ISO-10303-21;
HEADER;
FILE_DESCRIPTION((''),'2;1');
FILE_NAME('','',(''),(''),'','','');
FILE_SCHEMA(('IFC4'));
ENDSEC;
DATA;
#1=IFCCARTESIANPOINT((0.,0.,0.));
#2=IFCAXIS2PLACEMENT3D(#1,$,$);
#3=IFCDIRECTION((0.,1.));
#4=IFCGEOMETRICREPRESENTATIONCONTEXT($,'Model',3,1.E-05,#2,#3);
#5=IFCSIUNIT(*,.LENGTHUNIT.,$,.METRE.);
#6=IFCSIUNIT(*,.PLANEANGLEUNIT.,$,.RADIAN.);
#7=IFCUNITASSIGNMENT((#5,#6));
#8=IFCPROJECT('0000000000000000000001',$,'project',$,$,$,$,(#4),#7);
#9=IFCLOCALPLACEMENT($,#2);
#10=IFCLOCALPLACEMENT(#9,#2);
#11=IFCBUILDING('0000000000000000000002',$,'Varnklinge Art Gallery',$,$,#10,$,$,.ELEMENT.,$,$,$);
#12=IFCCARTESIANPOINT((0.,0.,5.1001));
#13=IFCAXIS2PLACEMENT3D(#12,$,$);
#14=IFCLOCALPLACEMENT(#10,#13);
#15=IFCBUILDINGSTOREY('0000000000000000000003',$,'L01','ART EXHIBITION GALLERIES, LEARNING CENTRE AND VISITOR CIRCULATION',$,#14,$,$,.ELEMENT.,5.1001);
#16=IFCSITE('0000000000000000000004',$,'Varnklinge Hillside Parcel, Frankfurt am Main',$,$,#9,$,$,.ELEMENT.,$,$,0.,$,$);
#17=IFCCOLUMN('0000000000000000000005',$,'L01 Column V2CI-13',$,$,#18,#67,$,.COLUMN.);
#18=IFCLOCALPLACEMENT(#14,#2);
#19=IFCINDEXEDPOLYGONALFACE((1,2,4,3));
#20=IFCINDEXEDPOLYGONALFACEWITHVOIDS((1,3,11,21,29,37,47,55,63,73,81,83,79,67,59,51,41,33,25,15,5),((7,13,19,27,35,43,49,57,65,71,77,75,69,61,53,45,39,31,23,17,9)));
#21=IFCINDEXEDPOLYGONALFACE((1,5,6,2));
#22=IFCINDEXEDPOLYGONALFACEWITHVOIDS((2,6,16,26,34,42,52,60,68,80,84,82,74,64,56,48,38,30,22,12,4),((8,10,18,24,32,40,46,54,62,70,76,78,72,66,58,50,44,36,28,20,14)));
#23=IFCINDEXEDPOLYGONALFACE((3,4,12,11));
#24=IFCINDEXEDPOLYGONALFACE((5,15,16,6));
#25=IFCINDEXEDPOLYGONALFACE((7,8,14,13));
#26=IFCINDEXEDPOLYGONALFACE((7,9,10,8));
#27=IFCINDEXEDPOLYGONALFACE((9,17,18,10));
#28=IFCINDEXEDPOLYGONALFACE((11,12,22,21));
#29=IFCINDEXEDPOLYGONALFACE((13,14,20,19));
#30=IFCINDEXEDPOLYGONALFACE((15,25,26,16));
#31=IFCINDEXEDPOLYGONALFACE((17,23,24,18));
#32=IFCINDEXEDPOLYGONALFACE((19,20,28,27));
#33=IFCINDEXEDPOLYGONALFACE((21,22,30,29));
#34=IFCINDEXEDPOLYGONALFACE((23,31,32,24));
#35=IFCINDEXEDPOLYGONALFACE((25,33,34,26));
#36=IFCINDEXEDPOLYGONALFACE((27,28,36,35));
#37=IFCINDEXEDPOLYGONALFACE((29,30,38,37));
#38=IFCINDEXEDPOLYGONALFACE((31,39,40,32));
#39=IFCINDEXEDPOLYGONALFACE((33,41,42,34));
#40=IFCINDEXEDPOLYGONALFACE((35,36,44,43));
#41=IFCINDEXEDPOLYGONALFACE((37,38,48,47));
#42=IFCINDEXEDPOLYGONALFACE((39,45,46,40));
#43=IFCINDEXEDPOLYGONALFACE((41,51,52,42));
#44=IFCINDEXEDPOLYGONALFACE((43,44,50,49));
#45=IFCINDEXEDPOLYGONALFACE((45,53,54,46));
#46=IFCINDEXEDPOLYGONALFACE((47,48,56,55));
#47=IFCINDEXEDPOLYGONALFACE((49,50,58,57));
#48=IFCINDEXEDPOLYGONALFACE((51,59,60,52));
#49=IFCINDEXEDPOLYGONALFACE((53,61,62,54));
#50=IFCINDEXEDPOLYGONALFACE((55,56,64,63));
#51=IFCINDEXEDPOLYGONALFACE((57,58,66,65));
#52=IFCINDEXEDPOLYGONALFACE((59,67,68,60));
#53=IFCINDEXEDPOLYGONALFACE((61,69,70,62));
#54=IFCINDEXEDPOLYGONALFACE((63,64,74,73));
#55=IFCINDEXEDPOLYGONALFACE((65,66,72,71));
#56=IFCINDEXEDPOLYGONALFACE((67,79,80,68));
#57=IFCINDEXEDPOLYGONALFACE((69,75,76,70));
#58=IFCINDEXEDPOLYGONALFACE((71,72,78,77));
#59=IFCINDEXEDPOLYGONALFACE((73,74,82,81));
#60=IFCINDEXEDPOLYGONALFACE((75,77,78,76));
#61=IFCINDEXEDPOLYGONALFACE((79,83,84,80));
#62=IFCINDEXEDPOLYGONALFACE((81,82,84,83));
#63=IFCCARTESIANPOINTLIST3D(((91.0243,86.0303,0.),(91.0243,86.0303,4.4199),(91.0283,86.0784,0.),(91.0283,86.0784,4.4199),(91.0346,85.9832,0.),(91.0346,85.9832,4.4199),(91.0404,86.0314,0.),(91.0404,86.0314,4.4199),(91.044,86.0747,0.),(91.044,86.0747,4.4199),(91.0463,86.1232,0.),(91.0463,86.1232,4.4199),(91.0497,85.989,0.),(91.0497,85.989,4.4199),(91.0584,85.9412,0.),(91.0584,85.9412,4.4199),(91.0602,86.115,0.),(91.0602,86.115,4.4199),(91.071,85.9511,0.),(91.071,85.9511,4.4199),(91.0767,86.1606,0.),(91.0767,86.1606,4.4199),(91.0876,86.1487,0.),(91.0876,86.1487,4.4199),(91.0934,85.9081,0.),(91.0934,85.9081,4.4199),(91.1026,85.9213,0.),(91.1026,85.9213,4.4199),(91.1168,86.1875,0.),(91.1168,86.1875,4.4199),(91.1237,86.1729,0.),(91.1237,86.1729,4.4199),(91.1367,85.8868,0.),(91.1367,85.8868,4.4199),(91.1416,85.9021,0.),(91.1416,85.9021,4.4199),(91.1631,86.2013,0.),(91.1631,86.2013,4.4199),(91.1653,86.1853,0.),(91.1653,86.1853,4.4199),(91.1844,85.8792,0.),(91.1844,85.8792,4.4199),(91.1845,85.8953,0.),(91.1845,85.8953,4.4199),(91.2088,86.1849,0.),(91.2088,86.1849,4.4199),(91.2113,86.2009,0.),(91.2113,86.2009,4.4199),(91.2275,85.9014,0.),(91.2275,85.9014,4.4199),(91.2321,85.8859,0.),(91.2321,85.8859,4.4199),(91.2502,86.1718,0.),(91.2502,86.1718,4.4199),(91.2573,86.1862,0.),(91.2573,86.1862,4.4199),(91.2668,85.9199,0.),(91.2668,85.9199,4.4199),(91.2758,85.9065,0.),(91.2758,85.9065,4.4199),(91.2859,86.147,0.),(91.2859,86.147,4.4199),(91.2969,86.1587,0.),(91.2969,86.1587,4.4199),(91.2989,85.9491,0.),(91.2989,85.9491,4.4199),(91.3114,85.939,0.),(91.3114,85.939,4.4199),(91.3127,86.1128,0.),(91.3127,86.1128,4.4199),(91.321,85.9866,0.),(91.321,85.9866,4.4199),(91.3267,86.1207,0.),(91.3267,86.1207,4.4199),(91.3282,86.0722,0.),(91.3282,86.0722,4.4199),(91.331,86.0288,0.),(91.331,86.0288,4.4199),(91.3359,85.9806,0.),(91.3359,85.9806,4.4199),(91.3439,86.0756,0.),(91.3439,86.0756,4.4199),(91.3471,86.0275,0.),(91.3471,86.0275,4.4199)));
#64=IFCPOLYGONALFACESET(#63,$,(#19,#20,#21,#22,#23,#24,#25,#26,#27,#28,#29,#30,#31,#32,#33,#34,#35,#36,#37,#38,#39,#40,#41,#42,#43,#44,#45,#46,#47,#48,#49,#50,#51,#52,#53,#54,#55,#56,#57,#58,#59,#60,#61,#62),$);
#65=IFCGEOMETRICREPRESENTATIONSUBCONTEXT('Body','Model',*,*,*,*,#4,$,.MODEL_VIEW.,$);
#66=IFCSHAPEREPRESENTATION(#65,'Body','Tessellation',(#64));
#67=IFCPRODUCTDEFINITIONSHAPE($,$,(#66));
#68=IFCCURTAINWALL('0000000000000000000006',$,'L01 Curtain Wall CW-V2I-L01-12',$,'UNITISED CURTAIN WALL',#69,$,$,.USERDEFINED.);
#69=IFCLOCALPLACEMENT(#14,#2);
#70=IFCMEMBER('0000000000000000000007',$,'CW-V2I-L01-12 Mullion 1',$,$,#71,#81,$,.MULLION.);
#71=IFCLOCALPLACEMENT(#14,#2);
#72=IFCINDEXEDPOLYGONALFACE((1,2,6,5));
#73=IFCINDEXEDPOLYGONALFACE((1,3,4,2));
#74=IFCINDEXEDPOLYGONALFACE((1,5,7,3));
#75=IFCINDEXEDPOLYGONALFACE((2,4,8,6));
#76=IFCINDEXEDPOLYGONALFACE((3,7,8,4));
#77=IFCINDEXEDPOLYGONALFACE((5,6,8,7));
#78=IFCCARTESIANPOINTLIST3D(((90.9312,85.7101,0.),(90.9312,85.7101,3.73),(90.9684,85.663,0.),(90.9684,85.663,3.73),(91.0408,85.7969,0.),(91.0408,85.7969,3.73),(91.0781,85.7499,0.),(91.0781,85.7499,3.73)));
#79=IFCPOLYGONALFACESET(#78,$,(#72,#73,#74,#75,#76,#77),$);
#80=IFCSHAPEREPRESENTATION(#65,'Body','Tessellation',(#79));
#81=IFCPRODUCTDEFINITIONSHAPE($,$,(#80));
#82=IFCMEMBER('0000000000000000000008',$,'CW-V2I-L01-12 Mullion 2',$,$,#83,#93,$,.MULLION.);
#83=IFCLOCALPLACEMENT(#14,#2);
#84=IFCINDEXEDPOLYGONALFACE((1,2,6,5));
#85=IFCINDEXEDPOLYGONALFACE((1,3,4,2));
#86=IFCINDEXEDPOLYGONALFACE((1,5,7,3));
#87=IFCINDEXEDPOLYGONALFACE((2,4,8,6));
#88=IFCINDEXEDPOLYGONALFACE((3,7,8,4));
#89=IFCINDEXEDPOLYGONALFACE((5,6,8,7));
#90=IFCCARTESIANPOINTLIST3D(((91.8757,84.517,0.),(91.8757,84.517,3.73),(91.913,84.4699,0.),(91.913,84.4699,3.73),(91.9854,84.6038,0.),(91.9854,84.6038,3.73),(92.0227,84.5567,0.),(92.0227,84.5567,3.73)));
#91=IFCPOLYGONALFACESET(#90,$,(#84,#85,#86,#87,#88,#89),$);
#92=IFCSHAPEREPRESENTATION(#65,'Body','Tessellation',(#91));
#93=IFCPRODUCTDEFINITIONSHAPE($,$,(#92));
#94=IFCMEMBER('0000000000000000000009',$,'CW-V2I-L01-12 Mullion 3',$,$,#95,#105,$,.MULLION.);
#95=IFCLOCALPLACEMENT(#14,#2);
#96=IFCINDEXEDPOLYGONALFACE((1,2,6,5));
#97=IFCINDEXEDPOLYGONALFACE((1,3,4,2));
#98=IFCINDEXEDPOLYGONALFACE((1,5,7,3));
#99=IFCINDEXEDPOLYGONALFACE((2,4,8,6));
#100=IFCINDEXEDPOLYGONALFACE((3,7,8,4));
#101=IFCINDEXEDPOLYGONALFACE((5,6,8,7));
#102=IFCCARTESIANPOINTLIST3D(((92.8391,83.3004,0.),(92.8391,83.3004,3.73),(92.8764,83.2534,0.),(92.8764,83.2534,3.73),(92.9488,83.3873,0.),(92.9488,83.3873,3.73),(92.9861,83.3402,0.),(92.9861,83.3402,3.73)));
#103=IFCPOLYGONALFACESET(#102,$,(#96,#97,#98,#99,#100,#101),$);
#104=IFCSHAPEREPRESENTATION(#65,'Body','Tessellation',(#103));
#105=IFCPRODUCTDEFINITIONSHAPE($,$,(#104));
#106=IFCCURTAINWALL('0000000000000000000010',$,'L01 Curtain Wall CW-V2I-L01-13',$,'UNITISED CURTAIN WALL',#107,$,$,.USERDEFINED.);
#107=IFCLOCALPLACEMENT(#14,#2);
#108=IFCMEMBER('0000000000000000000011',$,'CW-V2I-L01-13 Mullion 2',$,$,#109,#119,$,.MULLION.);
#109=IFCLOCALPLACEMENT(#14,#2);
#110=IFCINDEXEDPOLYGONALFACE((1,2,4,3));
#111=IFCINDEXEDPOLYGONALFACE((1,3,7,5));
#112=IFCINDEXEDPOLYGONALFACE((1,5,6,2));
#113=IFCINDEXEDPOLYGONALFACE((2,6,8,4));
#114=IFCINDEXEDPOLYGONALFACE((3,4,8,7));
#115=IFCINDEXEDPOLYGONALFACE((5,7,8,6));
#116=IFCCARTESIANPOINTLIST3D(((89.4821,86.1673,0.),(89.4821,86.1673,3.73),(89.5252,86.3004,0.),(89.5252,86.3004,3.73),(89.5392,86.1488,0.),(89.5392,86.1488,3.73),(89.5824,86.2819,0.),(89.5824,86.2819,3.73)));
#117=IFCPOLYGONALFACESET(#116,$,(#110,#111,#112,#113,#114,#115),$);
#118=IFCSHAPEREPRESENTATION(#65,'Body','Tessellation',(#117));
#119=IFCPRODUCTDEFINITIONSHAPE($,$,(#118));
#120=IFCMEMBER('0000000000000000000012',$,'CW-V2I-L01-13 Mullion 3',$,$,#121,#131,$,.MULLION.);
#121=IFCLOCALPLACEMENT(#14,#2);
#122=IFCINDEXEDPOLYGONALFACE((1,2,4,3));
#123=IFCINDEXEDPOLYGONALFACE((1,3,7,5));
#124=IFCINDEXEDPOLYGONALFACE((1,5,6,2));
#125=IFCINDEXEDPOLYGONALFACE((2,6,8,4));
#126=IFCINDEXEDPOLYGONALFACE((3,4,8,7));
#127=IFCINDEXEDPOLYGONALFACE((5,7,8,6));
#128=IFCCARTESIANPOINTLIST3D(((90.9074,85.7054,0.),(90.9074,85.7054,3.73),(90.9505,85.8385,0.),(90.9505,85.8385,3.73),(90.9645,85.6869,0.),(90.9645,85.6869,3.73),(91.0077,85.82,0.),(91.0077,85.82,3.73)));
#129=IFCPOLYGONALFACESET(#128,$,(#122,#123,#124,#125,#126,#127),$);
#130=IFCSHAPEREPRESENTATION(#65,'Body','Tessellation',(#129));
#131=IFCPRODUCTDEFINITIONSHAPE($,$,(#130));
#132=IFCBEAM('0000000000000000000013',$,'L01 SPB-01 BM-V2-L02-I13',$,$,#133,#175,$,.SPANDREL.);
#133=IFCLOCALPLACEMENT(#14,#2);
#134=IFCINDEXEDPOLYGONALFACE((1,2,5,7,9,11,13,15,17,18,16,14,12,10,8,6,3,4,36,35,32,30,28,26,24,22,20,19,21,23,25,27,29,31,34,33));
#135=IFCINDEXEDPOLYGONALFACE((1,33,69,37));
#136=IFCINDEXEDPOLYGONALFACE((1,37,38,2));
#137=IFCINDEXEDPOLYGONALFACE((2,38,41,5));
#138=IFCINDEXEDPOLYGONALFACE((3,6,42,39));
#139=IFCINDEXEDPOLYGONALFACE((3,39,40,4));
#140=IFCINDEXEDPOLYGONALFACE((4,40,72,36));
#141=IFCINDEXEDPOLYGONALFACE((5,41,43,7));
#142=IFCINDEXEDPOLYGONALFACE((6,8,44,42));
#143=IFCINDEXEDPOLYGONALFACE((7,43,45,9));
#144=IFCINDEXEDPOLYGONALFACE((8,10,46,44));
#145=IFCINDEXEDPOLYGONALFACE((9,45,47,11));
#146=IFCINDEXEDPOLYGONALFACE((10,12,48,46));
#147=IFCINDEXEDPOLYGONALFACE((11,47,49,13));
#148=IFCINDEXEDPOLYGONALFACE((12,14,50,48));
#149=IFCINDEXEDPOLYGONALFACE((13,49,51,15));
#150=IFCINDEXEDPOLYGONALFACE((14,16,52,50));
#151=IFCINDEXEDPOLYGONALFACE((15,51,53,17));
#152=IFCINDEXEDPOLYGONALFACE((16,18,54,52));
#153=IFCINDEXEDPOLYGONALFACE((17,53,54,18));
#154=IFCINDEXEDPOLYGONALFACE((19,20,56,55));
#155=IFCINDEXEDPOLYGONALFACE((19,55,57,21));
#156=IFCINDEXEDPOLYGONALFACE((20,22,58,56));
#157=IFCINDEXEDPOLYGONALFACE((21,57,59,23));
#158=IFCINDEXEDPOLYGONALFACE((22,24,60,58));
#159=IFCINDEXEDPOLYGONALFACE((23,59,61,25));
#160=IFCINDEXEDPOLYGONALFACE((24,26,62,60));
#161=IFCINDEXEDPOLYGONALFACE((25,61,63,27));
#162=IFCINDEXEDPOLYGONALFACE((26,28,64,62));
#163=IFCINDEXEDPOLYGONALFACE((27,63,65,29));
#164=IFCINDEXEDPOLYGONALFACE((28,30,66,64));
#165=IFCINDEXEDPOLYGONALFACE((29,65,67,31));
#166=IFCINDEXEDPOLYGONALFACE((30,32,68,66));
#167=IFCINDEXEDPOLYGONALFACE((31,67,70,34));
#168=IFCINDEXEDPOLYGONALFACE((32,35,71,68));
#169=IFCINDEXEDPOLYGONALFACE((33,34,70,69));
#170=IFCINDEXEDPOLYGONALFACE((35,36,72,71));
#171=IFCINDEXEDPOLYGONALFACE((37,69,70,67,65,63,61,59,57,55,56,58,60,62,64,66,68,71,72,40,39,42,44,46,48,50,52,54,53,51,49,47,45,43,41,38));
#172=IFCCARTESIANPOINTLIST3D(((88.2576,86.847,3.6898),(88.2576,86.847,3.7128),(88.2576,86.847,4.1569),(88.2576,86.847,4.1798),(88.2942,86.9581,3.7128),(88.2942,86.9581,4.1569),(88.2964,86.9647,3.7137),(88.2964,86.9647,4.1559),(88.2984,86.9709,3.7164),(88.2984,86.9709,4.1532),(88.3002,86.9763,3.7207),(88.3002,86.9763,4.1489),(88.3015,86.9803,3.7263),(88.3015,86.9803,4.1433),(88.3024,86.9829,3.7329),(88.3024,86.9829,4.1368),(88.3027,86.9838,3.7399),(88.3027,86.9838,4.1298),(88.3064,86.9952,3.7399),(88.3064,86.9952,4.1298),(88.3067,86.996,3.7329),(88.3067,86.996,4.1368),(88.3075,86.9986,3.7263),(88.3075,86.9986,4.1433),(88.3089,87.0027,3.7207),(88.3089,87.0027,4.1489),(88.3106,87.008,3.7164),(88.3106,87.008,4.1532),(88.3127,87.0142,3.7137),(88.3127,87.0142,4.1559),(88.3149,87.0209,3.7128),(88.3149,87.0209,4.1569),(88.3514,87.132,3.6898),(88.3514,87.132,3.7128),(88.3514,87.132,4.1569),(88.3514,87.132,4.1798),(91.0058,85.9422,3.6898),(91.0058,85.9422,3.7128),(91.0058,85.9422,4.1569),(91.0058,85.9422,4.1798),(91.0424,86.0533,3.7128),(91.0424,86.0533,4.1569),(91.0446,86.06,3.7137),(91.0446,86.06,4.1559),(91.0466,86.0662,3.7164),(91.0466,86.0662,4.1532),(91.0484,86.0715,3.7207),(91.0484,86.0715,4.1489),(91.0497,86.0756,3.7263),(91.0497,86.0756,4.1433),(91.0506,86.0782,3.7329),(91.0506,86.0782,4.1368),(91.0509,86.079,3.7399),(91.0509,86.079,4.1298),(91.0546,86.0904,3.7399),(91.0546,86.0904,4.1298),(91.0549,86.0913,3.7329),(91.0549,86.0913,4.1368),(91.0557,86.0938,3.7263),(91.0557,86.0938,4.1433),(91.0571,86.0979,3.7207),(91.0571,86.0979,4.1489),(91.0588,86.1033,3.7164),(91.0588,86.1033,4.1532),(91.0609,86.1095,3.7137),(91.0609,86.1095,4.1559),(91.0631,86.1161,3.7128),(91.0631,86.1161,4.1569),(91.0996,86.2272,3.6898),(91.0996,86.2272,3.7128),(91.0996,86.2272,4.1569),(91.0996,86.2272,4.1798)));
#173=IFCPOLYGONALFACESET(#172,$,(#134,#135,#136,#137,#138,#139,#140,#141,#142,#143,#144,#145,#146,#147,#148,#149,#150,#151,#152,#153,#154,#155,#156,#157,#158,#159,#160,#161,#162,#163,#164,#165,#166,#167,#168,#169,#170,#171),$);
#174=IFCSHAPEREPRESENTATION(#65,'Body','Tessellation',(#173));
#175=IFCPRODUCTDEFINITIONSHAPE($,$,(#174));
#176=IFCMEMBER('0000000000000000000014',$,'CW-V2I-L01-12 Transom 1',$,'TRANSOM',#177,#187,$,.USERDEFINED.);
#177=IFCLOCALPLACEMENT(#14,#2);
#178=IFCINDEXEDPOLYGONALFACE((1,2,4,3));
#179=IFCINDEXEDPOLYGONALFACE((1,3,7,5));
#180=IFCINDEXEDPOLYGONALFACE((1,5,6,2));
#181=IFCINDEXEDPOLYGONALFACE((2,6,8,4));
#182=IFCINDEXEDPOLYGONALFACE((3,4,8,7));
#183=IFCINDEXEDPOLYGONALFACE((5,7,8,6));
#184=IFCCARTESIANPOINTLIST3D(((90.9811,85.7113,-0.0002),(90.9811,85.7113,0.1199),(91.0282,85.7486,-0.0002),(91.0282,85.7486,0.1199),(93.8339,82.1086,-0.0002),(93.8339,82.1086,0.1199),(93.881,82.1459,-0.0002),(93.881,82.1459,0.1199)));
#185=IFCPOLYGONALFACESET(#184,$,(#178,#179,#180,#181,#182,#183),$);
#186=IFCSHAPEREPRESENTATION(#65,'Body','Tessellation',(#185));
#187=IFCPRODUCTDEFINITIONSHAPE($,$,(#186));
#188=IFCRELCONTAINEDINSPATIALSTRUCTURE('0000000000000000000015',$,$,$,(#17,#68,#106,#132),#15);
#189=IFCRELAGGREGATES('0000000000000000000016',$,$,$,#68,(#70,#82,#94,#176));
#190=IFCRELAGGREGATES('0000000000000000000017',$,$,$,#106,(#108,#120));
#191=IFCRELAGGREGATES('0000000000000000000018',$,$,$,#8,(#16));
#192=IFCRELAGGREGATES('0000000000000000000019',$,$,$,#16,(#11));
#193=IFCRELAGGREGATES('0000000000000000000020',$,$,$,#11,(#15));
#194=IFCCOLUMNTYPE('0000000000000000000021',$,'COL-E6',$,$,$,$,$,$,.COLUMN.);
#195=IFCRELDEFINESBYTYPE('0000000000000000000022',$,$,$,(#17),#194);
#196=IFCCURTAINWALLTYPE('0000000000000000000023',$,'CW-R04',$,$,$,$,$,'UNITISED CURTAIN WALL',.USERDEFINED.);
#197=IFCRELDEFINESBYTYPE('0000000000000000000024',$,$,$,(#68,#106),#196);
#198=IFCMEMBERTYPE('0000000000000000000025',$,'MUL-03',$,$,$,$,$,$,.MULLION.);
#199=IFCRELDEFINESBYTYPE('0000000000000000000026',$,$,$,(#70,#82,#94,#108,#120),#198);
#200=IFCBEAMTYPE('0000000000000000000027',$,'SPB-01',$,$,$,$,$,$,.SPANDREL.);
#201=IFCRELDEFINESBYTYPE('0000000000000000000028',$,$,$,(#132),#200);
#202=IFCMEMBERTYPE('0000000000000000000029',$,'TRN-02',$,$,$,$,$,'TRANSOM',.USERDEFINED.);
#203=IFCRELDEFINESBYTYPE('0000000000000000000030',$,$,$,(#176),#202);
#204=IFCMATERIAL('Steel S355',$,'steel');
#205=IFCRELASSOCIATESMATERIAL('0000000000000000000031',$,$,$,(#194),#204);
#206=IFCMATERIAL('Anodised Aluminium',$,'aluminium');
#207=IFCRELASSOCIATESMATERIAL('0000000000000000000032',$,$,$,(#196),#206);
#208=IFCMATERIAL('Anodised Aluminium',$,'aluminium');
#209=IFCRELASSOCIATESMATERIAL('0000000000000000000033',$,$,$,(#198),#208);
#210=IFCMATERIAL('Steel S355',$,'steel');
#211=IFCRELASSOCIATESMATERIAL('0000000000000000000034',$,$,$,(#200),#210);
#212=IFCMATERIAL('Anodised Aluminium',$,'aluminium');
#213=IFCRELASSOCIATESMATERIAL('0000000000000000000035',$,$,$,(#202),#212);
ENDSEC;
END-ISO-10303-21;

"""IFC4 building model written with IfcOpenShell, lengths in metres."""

from ifc_helpers import new_model, si_unit, direction, frame, origin, origin_2d, place, context, subcontext, project, spatial, rectangle, hollow_circle, i_section, extrude, material, material_profile, profile_set, type_object, element, aggregate, save


model = new_model("IFC4")

# Units and contexts
model_context = context("Model", 3, precision=1e-05, world=origin(), true_north=direction((0.0, 1.0)))
body_context = subcontext(model_context, "Body", "Model", "MODEL_VIEW")
ifc_project = project(units=[si_unit("LENGTHUNIT", "METRE"), si_unit("PLANEANGLEUNIT", "RADIAN")], contexts=[model_context])

# Site, building, storey
site_placement = place(None, origin())
site = spatial("IfcSite", under=ifc_project, at=site_placement, Name="Varnklinge Hillside Parcel, Frankfurt am Main", CompositionType="ELEMENT", RefElevation=0.0)
building_placement = place(site_placement, origin())
building = spatial("IfcBuilding", under=site, at=building_placement, Name="Varnklinge Art Gallery", CompositionType="ELEMENT")
storey_placement = place(building_placement, frame((0.0, 0.0, 5.1001)))
storey = spatial("IfcBuildingStorey", under=building, at=storey_placement, Name="L01", Description="ART EXHIBITION GALLERIES, LEARNING CENTRE AND VISITOR CIRCULATION", CompositionType="ELEMENT", Elevation=5.1001)

# Column
ifc_material_1 = material(Name="Steel S355", Category="steel")
ifc_material_profile_1 = material_profile(ifc_material_1, hollow_circle(Radius=0.1619, WallThickness=0.0161, at=origin_2d()), Name="CHS 323.9x16")
ifc_profile_set_1 = profile_set([ifc_material_profile_1], Name="Steel S355")
column_type = type_object("IfcColumnType", Name="COL-E6", PredefinedType="COLUMN", material=ifc_profile_set_1)
column_placement = place(storey_placement, frame((91.1858, 86.041, 0.0), z_axis=(0.0, 0.0, 1.0), x_axis=(-0.57057, -0.821249, 0.0)))
element("IfcColumn", 1, at=column_placement, inside=storey, type_object=column_type, Name="L01 Column V2CI-13", PredefinedType="COLUMN", context=body_context, shape_type="SweptSolid", body=[
    extrude(hollow_circle(Radius=0.1619, WallThickness=0.0161, at=origin_2d()), origin(), (0.0, 0.0, 1.0), 4.4199),
])

# Curtain walls, members
ifc_material_2 = material(Name="Anodised Aluminium", Category="aluminium")
curtain_wall_type = type_object("IfcCurtainWallType", Name="CW-R04", ElementType="UNITISED CURTAIN WALL", PredefinedType="USERDEFINED", material=ifc_material_2)
curtain_wall_1_placement = place(storey_placement, origin())
curtain_wall_1 = element("IfcCurtainWall", 2, at=curtain_wall_1_placement, inside=storey, type_object=curtain_wall_type, Name="L01 Curtain Wall CW-V2I-L01-12", ObjectType="UNITISED CURTAIN WALL", PredefinedType="USERDEFINED")
ifc_material_3 = material(Name="Anodised Aluminium", Category="aluminium")
ifc_material_profile_2 = material_profile(ifc_material_3, rectangle(XDim=0.0601, YDim=0.1399, at=origin_2d()), Name="ALU 60x140")
ifc_profile_set_2 = profile_set([ifc_material_profile_2], Name="Anodised Aluminium")
member_type_1 = type_object("IfcMemberType", Name="MUL-03", PredefinedType="MULLION", material=ifc_profile_set_2)
member_1_placement = place(storey_placement, frame((91.0046, 85.73, 0.0), z_axis=(0.0, 0.0, 1.0), x_axis=(0.620737, -0.784019, 0.0)))
member_1 = element("IfcMember", 3, at=member_1_placement, type_object=member_type_1, Name="CW-V2I-L01-12 Mullion 1", PredefinedType="MULLION", context=body_context, shape_type="SweptSolid", body=[
    extrude(rectangle(XDim=0.0601, YDim=0.1399, at=origin_2d()), origin(), (0.0, 0.0, 1.0), 3.73),
])
member_2_placement = place(storey_placement, frame((91.9492, 84.5369, 0.0), z_axis=(0.0, 0.0, 1.0), x_axis=(0.620737, -0.784019, 0.0)))
member_2 = element("IfcMember", 4, at=member_2_placement, type_object=member_type_1, Name="CW-V2I-L01-12 Mullion 2", PredefinedType="MULLION", context=body_context, shape_type="SweptSolid", body=[
    extrude(rectangle(XDim=0.0601, YDim=0.1399, at=origin_2d()), origin(), (0.0, 0.0, 1.0), 3.73),
])
member_3_placement = place(storey_placement, frame((92.9126, 83.3203, 0.0), z_axis=(0.0, 0.0, 1.0), x_axis=(0.620737, -0.784019, 0.0)))
member_3 = element("IfcMember", 5, at=member_3_placement, type_object=member_type_1, Name="CW-V2I-L01-12 Mullion 3", PredefinedType="MULLION", context=body_context, shape_type="SweptSolid", body=[
    extrude(rectangle(XDim=0.0601, YDim=0.1399, at=origin_2d()), origin(), (0.0, 0.0, 1.0), 3.73),
])
curtain_wall_2_placement = place(storey_placement, origin())
curtain_wall_2 = element("IfcCurtainWall", 6, at=curtain_wall_2_placement, inside=storey, type_object=curtain_wall_type, Name="L01 Curtain Wall CW-V2I-L01-13", ObjectType="UNITISED CURTAIN WALL", PredefinedType="USERDEFINED")
member_4_placement = place(storey_placement, frame((89.5322, 86.2246, 0.0), z_axis=(0.0, 0.0, 1.0), x_axis=(0.951272, -0.308353, 0.0)))
member_4 = element("IfcMember", 7, at=member_4_placement, type_object=member_type_1, Name="CW-V2I-L01-13 Mullion 2", PredefinedType="MULLION", context=body_context, shape_type="SweptSolid", body=[
    extrude(rectangle(XDim=0.0601, YDim=0.1399, at=origin_2d()), origin(), (0.0, 0.0, 1.0), 3.73),
])
member_5_placement = place(storey_placement, frame((90.9575, 85.7627, 0.0), z_axis=(0.0, 0.0, 1.0), x_axis=(0.951272, -0.308353, 0.0)))
member_5 = element("IfcMember", 8, at=member_5_placement, type_object=member_type_1, Name="CW-V2I-L01-13 Mullion 3", PredefinedType="MULLION", context=body_context, shape_type="SweptSolid", body=[
    extrude(rectangle(XDim=0.0601, YDim=0.1399, at=origin_2d()), origin(), (0.0, 0.0, 1.0), 3.73),
])

# Beam
ifc_material_4 = material(Name="Steel S355", Category="steel")
ifc_material_profile_3 = material_profile(ifc_material_4, i_section(OverallWidth=0.3, OverallDepth=0.49, WebThickness=0.012, FlangeThickness=0.0229, FilletRadius=0.0271, at=origin_2d()), Name="HEA 500")
ifc_profile_set_3 = profile_set([ifc_material_profile_3], Name="Steel S355")
beam_type = type_object("IfcBeamType", Name="SPB-01", PredefinedType="SPANDREL", material=ifc_profile_set_3)
beam_placement = place(storey_placement, frame((91.0527, 86.0847, 3.9348), z_axis=(-0.94985, 0.312707, 0.0), x_axis=(-0.312707, -0.94985, 0.0)))
element("IfcBeam", 9, at=beam_placement, inside=storey, type_object=beam_type, Name="L01 SPB-01 BM-V2-L02-I13", PredefinedType="SPANDREL", context=body_context, shape_type="SweptSolid", body=[
    extrude(i_section(OverallWidth=0.3, OverallDepth=0.49, WebThickness=0.012, FlangeThickness=0.0229, FilletRadius=0.0271, at=origin_2d()), origin(), (0.0, 0.0, 1.0), 2.8933),
])

# Member
ifc_material_5 = material(Name="Anodised Aluminium", Category="aluminium")
ifc_material_profile_4 = material_profile(ifc_material_5, rectangle(XDim=0.0601, YDim=0.1201, at=origin_2d()), Name="ALU 60x120")
ifc_profile_set_4 = profile_set([ifc_material_profile_4], Name="Anodised Aluminium")
member_type_2 = type_object("IfcMemberType", Name="TRN-02", ElementType="TRANSOM", PredefinedType="USERDEFINED", material=ifc_profile_set_4)
member_6_placement = place(storey_placement, frame((91.0046, 85.73, 0.0598), z_axis=(0.620781, -0.783984, 0.0), x_axis=(0.783984, 0.620781, 0.0)))
member_6 = element("IfcMember", 10, at=member_6_placement, type_object=member_type_2, Name="CW-V2I-L01-12 Transom 1", ObjectType="TRANSOM", PredefinedType="USERDEFINED", context=body_context, shape_type="SweptSolid", body=[
    extrude(rectangle(XDim=0.0601, YDim=0.1201, at=origin_2d()), origin(), (0.0, 0.0, 1.0), 4.5955),
])

aggregate(curtain_wall_1, [member_1, member_2, member_3, member_6])
aggregate(curtain_wall_2, [member_4, member_5])

save(model, "model.ifc")
